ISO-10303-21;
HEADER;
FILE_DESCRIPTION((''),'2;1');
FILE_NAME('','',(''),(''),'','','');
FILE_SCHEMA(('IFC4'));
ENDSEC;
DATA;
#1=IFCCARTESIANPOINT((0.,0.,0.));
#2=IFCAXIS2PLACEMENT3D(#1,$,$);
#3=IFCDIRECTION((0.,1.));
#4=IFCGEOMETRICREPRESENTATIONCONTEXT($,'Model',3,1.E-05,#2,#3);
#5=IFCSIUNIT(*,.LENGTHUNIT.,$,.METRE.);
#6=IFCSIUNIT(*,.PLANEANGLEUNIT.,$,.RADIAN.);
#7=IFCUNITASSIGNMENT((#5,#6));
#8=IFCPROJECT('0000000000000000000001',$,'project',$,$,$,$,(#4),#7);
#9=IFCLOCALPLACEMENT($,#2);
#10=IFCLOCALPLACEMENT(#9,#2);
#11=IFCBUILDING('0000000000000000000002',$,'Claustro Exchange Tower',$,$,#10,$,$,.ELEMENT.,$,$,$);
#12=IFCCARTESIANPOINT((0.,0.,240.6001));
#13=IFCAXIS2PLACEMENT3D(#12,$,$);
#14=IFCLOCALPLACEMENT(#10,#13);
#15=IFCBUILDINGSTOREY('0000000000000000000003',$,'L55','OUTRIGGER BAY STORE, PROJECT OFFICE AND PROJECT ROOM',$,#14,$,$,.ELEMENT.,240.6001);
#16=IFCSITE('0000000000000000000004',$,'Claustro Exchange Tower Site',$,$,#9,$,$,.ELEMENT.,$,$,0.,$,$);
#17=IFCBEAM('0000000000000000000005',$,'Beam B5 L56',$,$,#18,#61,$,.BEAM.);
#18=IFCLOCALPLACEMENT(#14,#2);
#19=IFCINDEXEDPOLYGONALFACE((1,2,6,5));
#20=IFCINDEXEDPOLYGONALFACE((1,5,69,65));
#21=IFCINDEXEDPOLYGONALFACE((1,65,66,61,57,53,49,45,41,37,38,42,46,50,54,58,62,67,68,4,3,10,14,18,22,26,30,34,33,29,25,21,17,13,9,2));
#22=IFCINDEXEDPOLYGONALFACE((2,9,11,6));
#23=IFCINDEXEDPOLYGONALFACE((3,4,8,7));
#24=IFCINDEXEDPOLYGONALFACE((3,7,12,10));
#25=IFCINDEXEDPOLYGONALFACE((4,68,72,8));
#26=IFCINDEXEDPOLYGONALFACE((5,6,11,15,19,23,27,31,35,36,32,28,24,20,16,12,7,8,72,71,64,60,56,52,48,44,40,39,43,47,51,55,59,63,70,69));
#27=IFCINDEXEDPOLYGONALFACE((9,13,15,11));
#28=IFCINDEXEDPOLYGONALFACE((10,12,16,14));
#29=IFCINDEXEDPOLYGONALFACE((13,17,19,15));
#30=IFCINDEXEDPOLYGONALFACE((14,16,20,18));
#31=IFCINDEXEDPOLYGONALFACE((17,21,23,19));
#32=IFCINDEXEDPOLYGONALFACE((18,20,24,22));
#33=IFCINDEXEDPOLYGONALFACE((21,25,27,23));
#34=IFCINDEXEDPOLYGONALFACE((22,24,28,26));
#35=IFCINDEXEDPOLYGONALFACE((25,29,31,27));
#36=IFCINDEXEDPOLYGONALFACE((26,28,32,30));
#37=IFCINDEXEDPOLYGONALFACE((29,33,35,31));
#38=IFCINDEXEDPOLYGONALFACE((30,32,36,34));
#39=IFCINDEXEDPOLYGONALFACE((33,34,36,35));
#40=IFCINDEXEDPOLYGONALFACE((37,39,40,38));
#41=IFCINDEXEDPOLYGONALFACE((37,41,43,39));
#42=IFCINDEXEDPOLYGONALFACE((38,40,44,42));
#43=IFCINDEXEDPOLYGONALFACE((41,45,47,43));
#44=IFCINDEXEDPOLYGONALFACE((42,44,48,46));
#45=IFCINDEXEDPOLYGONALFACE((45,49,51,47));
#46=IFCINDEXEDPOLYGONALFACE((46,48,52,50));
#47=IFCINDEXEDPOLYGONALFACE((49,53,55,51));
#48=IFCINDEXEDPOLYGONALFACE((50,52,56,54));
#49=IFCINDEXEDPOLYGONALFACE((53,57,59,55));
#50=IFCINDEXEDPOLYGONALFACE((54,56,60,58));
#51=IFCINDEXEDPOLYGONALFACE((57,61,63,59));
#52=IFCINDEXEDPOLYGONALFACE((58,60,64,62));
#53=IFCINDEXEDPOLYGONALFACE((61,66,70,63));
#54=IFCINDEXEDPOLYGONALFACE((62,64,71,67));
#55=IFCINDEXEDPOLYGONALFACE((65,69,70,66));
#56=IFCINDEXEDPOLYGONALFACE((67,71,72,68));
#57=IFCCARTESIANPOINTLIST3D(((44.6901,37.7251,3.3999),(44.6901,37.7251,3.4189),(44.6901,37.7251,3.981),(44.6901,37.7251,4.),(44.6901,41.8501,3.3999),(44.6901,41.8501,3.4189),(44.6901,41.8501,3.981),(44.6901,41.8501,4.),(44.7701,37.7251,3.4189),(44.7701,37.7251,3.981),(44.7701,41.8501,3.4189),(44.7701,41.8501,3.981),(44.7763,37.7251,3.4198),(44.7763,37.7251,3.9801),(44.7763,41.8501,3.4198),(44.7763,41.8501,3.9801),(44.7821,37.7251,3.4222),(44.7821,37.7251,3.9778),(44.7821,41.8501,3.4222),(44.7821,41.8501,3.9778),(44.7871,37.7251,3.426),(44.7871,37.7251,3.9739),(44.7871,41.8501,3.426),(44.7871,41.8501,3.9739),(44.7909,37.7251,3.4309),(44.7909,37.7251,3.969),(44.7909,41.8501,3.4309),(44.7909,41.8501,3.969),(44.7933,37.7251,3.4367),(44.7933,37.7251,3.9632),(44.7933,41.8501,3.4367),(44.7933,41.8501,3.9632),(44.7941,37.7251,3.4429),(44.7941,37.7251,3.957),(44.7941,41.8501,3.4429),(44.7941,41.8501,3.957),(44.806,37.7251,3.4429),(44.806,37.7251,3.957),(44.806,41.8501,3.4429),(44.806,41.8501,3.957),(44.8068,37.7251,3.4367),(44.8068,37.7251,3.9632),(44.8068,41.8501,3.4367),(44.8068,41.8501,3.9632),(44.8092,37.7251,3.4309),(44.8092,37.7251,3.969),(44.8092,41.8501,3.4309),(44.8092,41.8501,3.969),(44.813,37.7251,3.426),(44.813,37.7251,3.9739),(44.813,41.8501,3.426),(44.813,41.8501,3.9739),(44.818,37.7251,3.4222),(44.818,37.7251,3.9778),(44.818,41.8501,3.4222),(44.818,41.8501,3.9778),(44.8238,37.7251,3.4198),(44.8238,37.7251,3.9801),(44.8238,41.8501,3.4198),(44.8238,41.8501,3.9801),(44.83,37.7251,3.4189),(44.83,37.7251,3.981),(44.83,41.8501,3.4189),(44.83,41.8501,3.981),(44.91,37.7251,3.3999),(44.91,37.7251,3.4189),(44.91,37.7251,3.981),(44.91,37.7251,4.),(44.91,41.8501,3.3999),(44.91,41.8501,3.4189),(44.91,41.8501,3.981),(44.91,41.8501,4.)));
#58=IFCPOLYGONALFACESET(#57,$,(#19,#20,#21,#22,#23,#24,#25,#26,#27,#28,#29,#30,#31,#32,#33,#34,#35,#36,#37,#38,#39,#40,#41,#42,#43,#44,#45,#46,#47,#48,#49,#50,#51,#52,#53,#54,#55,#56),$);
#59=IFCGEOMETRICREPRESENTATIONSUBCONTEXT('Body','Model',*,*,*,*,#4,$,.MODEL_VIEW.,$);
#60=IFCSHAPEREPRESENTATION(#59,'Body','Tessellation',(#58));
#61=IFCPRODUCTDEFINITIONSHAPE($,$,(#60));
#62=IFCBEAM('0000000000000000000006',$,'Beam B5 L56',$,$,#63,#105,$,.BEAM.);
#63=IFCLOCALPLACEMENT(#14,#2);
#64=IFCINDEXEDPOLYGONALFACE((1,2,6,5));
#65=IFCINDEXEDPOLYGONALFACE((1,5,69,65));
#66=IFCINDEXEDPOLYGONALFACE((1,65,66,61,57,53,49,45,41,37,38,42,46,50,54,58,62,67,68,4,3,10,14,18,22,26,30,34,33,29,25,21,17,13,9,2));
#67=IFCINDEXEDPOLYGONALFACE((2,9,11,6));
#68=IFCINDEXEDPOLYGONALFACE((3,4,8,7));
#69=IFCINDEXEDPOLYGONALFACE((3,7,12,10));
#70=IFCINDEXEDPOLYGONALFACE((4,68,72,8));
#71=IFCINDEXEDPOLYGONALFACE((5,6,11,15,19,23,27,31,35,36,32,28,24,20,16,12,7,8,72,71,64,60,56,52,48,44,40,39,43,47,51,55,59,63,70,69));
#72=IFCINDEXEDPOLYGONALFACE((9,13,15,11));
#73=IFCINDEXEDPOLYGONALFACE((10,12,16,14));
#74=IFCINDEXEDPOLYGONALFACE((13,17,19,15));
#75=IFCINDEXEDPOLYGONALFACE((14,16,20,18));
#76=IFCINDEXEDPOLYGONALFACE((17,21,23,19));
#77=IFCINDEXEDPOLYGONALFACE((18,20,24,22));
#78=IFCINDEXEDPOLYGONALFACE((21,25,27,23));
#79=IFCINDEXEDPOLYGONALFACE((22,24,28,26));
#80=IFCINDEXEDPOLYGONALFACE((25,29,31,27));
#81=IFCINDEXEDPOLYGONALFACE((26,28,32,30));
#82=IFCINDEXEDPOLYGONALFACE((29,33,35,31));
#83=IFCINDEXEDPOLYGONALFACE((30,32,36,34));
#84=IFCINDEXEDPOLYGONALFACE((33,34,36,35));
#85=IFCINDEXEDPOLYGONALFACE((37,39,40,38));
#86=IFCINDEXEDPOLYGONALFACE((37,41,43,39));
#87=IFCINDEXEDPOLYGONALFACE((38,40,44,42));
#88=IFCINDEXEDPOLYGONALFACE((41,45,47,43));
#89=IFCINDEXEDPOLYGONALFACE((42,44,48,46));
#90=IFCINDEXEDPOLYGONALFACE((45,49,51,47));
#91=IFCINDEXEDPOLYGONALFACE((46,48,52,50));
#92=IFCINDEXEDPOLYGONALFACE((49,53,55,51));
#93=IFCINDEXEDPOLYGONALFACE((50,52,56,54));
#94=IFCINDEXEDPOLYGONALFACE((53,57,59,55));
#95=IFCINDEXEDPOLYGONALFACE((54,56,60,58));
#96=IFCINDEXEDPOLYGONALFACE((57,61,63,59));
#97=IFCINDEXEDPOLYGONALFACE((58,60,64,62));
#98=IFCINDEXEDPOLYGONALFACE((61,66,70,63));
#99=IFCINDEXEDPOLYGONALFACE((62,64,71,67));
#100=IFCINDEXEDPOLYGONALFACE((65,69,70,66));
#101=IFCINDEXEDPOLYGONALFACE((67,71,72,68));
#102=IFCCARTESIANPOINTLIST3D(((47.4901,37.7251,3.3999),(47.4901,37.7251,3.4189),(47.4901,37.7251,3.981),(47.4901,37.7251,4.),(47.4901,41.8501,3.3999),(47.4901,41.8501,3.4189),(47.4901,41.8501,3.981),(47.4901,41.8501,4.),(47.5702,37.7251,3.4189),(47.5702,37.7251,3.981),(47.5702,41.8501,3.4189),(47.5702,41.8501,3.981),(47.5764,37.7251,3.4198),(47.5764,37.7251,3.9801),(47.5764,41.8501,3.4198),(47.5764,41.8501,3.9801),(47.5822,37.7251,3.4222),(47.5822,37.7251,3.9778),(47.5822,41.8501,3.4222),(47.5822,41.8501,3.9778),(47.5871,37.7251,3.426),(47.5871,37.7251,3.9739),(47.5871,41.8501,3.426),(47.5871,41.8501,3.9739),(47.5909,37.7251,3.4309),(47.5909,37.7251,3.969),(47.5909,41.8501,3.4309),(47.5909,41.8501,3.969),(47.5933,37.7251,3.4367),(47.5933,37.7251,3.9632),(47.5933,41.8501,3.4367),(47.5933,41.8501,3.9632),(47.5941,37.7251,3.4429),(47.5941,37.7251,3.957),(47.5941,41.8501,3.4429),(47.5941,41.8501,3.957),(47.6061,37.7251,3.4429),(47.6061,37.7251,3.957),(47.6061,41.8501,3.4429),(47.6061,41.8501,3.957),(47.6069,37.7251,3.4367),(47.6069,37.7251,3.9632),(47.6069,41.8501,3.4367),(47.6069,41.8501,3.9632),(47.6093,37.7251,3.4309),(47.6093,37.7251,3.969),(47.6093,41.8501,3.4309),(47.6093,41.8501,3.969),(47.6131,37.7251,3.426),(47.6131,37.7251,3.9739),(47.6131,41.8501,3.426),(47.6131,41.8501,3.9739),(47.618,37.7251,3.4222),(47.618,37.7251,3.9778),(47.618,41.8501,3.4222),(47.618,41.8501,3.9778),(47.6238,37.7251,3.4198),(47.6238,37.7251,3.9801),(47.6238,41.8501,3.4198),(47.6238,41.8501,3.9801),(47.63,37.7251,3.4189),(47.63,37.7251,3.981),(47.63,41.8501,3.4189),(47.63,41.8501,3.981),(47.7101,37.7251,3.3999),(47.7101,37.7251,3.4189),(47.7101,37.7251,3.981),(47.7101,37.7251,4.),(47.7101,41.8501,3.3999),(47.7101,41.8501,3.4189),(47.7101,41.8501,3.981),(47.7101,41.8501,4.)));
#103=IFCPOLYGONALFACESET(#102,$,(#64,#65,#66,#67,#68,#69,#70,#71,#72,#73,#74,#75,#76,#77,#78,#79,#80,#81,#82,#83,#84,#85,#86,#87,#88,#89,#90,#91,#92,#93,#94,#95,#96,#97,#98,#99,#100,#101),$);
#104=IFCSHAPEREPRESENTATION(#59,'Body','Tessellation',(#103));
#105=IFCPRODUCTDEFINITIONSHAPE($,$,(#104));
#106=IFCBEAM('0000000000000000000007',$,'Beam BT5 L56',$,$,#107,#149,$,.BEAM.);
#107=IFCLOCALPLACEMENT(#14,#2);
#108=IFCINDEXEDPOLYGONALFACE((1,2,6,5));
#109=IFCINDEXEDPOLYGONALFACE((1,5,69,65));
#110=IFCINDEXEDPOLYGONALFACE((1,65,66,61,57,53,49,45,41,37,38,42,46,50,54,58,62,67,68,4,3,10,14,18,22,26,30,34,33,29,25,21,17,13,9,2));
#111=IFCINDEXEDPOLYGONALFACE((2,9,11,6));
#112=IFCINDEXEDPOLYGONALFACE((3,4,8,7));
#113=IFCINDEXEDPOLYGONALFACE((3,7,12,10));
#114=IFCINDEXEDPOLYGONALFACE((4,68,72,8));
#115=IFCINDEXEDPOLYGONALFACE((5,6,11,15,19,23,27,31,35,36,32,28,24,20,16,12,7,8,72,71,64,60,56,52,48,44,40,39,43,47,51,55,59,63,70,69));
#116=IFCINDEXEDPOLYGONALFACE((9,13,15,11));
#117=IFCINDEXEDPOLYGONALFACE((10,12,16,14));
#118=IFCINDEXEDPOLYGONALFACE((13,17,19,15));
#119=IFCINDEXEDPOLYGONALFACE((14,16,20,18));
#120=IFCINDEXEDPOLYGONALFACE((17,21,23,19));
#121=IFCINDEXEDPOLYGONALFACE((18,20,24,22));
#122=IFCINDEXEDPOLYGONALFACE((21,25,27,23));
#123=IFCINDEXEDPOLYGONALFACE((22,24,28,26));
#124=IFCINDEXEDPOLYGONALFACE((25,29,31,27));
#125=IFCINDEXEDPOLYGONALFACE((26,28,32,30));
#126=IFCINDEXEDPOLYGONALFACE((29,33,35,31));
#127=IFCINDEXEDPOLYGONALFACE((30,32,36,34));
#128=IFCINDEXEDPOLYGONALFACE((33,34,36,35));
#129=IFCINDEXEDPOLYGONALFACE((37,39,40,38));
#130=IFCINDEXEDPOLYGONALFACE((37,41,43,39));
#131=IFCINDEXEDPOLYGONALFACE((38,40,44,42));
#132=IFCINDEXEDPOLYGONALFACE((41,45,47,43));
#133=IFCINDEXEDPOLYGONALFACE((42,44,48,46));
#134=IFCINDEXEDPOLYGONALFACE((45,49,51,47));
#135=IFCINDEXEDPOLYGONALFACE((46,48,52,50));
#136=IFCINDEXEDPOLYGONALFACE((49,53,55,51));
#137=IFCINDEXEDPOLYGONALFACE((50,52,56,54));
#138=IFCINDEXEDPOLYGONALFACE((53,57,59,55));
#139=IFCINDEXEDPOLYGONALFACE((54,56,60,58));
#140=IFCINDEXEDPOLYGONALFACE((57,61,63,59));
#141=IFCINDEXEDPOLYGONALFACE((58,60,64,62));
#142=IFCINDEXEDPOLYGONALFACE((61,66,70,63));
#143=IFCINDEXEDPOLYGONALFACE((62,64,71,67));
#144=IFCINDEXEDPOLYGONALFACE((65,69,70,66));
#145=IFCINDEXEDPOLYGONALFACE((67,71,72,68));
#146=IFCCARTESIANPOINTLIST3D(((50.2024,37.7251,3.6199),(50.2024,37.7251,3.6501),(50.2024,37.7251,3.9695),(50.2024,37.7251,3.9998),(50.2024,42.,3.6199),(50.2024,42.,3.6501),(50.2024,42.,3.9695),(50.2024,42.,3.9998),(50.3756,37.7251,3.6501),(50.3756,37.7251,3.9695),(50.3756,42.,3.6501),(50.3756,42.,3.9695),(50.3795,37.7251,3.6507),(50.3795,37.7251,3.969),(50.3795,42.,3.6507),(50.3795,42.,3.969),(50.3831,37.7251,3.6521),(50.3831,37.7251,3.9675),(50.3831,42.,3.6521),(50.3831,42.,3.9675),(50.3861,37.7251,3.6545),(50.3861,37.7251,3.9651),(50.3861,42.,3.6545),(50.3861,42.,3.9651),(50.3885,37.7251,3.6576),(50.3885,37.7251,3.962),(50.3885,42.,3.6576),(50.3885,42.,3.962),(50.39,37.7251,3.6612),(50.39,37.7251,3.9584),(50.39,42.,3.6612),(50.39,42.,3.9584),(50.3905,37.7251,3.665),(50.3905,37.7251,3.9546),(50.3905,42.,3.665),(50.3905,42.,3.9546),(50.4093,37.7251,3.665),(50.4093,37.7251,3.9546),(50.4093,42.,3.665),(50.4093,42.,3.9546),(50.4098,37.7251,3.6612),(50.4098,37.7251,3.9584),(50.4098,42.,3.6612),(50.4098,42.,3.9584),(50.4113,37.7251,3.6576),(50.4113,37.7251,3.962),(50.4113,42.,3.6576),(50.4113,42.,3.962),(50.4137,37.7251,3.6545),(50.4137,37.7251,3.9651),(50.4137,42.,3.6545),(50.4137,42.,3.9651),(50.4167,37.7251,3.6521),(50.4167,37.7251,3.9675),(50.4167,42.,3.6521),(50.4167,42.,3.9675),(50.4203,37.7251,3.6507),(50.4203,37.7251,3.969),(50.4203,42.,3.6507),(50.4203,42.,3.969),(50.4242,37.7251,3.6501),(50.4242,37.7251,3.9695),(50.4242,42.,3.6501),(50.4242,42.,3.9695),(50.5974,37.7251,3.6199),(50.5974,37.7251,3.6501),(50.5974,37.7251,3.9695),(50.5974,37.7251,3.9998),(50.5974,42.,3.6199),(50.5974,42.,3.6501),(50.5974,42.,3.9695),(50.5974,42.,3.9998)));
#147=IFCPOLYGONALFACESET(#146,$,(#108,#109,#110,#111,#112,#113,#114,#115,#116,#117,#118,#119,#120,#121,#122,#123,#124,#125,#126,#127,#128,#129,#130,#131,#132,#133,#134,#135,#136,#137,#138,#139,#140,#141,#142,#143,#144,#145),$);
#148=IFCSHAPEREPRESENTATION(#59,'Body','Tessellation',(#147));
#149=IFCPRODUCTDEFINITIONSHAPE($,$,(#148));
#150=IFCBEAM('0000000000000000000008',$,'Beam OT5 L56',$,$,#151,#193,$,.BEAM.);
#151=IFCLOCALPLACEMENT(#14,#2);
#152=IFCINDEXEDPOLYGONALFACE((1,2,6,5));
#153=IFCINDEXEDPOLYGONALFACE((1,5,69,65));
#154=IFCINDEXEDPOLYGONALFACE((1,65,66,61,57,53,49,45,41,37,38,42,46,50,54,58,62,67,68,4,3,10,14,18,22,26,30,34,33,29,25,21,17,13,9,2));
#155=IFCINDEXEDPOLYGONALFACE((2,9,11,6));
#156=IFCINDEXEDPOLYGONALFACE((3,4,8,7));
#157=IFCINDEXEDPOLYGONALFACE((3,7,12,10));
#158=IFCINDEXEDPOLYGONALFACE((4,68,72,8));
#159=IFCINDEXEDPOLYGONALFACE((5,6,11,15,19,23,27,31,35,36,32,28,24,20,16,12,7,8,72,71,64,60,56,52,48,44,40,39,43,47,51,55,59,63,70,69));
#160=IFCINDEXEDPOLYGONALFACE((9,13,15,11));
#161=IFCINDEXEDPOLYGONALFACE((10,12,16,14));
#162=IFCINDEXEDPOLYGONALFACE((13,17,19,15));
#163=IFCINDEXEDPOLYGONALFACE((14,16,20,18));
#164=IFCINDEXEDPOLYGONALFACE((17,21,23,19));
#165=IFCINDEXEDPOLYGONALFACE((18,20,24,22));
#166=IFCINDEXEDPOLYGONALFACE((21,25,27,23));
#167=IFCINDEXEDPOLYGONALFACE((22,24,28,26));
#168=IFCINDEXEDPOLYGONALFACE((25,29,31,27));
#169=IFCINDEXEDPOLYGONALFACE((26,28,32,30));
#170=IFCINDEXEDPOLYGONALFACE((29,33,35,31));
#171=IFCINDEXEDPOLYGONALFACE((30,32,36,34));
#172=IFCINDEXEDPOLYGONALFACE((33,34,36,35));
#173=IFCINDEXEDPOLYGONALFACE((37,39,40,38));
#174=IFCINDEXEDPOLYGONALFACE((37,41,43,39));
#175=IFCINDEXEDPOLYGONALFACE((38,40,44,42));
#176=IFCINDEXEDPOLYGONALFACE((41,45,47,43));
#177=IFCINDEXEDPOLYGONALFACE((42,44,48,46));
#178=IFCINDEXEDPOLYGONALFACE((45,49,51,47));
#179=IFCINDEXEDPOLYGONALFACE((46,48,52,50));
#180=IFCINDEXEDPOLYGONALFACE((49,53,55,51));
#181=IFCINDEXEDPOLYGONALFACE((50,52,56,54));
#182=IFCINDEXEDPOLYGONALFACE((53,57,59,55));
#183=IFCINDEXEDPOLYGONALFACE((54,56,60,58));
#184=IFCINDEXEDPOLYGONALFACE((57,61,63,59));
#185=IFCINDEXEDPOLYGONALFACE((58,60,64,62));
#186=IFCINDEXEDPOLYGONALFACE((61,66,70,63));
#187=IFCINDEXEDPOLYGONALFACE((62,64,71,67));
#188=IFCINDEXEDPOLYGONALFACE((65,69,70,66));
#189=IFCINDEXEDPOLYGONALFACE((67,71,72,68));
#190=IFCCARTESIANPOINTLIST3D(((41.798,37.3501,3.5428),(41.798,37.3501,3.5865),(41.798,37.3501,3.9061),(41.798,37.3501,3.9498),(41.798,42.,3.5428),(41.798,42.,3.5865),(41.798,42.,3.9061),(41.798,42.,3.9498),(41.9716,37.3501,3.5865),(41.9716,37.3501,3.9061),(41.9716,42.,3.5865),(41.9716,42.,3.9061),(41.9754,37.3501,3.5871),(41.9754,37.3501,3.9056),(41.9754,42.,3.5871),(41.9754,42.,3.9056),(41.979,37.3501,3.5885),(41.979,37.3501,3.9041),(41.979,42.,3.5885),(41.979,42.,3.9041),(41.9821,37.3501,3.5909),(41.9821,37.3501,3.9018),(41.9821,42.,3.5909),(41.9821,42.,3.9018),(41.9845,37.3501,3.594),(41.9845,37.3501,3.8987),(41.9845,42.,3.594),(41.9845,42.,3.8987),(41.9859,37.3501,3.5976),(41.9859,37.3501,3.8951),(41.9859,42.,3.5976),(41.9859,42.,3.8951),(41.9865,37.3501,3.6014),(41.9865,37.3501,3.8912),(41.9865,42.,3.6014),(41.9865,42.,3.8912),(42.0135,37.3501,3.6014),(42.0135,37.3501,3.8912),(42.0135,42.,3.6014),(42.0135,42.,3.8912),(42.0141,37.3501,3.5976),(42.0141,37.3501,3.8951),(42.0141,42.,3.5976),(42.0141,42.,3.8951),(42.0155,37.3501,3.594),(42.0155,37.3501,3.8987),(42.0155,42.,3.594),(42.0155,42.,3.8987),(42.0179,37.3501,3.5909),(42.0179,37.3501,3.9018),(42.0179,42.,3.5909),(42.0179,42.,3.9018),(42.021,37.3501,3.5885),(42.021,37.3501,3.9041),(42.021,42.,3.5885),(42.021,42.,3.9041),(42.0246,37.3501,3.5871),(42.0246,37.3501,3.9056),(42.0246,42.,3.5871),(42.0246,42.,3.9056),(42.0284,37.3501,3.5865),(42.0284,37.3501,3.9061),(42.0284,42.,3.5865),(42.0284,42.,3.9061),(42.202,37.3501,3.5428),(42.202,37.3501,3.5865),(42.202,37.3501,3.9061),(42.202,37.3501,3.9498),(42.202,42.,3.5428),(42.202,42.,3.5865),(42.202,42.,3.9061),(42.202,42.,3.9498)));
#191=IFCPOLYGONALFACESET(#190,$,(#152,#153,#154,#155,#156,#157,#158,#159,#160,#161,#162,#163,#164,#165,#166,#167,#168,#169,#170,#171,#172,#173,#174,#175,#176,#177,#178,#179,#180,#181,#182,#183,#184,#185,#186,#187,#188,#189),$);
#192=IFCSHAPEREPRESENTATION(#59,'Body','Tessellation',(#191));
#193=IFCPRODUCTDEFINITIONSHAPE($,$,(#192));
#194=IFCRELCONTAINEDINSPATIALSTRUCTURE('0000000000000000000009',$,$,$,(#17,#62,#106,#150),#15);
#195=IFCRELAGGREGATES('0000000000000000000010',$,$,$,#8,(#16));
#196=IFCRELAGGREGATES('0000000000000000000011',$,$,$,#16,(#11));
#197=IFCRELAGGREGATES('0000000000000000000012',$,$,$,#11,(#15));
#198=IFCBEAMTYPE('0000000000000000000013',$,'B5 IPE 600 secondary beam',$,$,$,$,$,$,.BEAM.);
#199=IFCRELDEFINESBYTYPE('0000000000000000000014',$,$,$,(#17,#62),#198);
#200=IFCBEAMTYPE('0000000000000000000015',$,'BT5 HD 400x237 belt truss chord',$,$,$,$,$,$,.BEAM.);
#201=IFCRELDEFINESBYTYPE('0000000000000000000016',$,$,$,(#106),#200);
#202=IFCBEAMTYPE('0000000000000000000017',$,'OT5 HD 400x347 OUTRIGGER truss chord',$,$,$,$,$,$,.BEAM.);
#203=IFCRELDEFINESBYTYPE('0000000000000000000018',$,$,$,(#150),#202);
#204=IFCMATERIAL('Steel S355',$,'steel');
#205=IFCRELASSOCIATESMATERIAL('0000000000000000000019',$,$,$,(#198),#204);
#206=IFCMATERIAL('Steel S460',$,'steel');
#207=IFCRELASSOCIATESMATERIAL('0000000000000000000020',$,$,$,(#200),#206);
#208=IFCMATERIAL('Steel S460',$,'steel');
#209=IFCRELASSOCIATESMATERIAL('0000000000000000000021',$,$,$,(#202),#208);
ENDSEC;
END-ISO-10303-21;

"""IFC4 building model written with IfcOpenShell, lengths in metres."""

from ifc_helpers import new_model, si_unit, direction, frame, origin, origin_2d, place, context, subcontext, project, spatial, i_section, extrude, material, material_profile, profile_set, type_object, element, save


model = new_model("IFC4")

# Units and contexts
model_context = context("Model", 3, precision=1e-05, world=origin(), true_north=direction((0.0, 1.0)))
body_context = subcontext(model_context, "Body", "Model", "MODEL_VIEW")
ifc_project = project(units=[si_unit("LENGTHUNIT", "METRE"), si_unit("PLANEANGLEUNIT", "RADIAN")], contexts=[model_context])

# Site, building, storey
site_placement = place(None, origin())
site = spatial("IfcSite", under=ifc_project, at=site_placement, Name="Claustro Exchange Tower Site", CompositionType="ELEMENT", RefElevation=0.0)
building_placement = place(site_placement, origin())
building = spatial("IfcBuilding", under=site, at=building_placement, Name="Claustro Exchange Tower", CompositionType="ELEMENT")
storey_placement = place(building_placement, frame((0.0, 0.0, 240.6001)))
storey = spatial("IfcBuildingStorey", under=building, at=storey_placement, Name="L55", Description="OUTRIGGER BAY STORE, PROJECT OFFICE AND PROJECT ROOM", CompositionType="ELEMENT", Elevation=240.6001)

# Beams
ifc_material_1 = material(Name="Steel S355", Category="steel")
ifc_material_profile_1 = material_profile(ifc_material_1, i_section(OverallWidth=0.22, OverallDepth=0.6001, WebThickness=0.012, FlangeThickness=0.019, FilletRadius=0.0239, at=origin_2d()), Name="IPE 600")
ifc_profile_set_1 = profile_set([ifc_material_profile_1], Name="Steel S355")
beam_type_1 = type_object("IfcBeamType", Name="B5 IPE 600 secondary beam", PredefinedType="BEAM", material=ifc_profile_set_1)
for number, where, z_axis, x_axis, name in (
    (1, (44.8, 37.7251, 3.7), (0.0, 1.0, 0.0), (-1.0, 0.0, 0.0), "Beam B5 L56"),
    (2, (47.6001, 37.7251, 3.7), (0.0, 1.0, 0.0), (-1.0, 0.0, 0.0), "Beam B5 L56"),
):
    element("IfcBeam", number, at=place(storey_placement, frame(where, z_axis=z_axis, x_axis=x_axis)), inside=storey, type_object=beam_type_1, Name=name, PredefinedType="BEAM", context=body_context, shape_type="SweptSolid", body=[
        extrude(i_section(OverallWidth=0.22, OverallDepth=0.6001, WebThickness=0.012, FlangeThickness=0.019, FilletRadius=0.0239, at=origin_2d()), origin(), (0.0, 0.0, 1.0), 4.125),
    ])
ifc_material_2 = material(Name="Steel S460", Category="steel")
ifc_material_profile_2 = material_profile(ifc_material_2, i_section(OverallWidth=0.395, OverallDepth=0.3799, WebThickness=0.0188, FlangeThickness=0.0303, FilletRadius=0.0149, at=origin_2d()), Name="HD 400x237")
ifc_profile_set_2 = profile_set([ifc_material_profile_2], Name="Steel S460")
beam_type_2 = type_object("IfcBeamType", Name="BT5 HD 400x237 belt truss chord", PredefinedType="BEAM", material=ifc_profile_set_2)
beam_1_placement = place(storey_placement, frame((50.3999, 37.7251, 3.8098), z_axis=(0.0, 1.0, 0.0), x_axis=(-1.0, 0.0, 0.0)))
element("IfcBeam", 3, at=beam_1_placement, inside=storey, type_object=beam_type_2, Name="Beam BT5 L56", PredefinedType="BEAM", context=body_context, shape_type="SweptSolid", body=[
    extrude(i_section(OverallWidth=0.395, OverallDepth=0.3799, WebThickness=0.0188, FlangeThickness=0.0303, FilletRadius=0.0149, at=origin_2d()), origin(), (0.0, 0.0, 1.0), 4.2749),
])
ifc_material_3 = material(Name="Steel S460", Category="steel")
ifc_material_profile_3 = material_profile(ifc_material_3, i_section(OverallWidth=0.4041, OverallDepth=0.407, WebThickness=0.0271, FlangeThickness=0.0437, FilletRadius=0.0149, at=origin_2d()), Name="HD 400x347")
ifc_profile_set_3 = profile_set([ifc_material_profile_3], Name="Steel S460")
beam_type_3 = type_object("IfcBeamType", Name="OT5 HD 400x347 OUTRIGGER truss chord", PredefinedType="BEAM", material=ifc_profile_set_3)
beam_2_placement = place(storey_placement, frame((42.0, 37.3501, 3.7463), z_axis=(0.0, 1.0, 0.0), x_axis=(-1.0, 0.0, 0.0)))
element("IfcBeam", 4, at=beam_2_placement, inside=storey, type_object=beam_type_3, Name="Beam OT5 L56", PredefinedType="BEAM", context=body_context, shape_type="SweptSolid", body=[
    extrude(i_section(OverallWidth=0.4041, OverallDepth=0.407, WebThickness=0.0271, FlangeThickness=0.0437, FilletRadius=0.0149, at=origin_2d()), origin(), (0.0, 0.0, 1.0), 4.6499),
])

save(model, "model.ifc")
